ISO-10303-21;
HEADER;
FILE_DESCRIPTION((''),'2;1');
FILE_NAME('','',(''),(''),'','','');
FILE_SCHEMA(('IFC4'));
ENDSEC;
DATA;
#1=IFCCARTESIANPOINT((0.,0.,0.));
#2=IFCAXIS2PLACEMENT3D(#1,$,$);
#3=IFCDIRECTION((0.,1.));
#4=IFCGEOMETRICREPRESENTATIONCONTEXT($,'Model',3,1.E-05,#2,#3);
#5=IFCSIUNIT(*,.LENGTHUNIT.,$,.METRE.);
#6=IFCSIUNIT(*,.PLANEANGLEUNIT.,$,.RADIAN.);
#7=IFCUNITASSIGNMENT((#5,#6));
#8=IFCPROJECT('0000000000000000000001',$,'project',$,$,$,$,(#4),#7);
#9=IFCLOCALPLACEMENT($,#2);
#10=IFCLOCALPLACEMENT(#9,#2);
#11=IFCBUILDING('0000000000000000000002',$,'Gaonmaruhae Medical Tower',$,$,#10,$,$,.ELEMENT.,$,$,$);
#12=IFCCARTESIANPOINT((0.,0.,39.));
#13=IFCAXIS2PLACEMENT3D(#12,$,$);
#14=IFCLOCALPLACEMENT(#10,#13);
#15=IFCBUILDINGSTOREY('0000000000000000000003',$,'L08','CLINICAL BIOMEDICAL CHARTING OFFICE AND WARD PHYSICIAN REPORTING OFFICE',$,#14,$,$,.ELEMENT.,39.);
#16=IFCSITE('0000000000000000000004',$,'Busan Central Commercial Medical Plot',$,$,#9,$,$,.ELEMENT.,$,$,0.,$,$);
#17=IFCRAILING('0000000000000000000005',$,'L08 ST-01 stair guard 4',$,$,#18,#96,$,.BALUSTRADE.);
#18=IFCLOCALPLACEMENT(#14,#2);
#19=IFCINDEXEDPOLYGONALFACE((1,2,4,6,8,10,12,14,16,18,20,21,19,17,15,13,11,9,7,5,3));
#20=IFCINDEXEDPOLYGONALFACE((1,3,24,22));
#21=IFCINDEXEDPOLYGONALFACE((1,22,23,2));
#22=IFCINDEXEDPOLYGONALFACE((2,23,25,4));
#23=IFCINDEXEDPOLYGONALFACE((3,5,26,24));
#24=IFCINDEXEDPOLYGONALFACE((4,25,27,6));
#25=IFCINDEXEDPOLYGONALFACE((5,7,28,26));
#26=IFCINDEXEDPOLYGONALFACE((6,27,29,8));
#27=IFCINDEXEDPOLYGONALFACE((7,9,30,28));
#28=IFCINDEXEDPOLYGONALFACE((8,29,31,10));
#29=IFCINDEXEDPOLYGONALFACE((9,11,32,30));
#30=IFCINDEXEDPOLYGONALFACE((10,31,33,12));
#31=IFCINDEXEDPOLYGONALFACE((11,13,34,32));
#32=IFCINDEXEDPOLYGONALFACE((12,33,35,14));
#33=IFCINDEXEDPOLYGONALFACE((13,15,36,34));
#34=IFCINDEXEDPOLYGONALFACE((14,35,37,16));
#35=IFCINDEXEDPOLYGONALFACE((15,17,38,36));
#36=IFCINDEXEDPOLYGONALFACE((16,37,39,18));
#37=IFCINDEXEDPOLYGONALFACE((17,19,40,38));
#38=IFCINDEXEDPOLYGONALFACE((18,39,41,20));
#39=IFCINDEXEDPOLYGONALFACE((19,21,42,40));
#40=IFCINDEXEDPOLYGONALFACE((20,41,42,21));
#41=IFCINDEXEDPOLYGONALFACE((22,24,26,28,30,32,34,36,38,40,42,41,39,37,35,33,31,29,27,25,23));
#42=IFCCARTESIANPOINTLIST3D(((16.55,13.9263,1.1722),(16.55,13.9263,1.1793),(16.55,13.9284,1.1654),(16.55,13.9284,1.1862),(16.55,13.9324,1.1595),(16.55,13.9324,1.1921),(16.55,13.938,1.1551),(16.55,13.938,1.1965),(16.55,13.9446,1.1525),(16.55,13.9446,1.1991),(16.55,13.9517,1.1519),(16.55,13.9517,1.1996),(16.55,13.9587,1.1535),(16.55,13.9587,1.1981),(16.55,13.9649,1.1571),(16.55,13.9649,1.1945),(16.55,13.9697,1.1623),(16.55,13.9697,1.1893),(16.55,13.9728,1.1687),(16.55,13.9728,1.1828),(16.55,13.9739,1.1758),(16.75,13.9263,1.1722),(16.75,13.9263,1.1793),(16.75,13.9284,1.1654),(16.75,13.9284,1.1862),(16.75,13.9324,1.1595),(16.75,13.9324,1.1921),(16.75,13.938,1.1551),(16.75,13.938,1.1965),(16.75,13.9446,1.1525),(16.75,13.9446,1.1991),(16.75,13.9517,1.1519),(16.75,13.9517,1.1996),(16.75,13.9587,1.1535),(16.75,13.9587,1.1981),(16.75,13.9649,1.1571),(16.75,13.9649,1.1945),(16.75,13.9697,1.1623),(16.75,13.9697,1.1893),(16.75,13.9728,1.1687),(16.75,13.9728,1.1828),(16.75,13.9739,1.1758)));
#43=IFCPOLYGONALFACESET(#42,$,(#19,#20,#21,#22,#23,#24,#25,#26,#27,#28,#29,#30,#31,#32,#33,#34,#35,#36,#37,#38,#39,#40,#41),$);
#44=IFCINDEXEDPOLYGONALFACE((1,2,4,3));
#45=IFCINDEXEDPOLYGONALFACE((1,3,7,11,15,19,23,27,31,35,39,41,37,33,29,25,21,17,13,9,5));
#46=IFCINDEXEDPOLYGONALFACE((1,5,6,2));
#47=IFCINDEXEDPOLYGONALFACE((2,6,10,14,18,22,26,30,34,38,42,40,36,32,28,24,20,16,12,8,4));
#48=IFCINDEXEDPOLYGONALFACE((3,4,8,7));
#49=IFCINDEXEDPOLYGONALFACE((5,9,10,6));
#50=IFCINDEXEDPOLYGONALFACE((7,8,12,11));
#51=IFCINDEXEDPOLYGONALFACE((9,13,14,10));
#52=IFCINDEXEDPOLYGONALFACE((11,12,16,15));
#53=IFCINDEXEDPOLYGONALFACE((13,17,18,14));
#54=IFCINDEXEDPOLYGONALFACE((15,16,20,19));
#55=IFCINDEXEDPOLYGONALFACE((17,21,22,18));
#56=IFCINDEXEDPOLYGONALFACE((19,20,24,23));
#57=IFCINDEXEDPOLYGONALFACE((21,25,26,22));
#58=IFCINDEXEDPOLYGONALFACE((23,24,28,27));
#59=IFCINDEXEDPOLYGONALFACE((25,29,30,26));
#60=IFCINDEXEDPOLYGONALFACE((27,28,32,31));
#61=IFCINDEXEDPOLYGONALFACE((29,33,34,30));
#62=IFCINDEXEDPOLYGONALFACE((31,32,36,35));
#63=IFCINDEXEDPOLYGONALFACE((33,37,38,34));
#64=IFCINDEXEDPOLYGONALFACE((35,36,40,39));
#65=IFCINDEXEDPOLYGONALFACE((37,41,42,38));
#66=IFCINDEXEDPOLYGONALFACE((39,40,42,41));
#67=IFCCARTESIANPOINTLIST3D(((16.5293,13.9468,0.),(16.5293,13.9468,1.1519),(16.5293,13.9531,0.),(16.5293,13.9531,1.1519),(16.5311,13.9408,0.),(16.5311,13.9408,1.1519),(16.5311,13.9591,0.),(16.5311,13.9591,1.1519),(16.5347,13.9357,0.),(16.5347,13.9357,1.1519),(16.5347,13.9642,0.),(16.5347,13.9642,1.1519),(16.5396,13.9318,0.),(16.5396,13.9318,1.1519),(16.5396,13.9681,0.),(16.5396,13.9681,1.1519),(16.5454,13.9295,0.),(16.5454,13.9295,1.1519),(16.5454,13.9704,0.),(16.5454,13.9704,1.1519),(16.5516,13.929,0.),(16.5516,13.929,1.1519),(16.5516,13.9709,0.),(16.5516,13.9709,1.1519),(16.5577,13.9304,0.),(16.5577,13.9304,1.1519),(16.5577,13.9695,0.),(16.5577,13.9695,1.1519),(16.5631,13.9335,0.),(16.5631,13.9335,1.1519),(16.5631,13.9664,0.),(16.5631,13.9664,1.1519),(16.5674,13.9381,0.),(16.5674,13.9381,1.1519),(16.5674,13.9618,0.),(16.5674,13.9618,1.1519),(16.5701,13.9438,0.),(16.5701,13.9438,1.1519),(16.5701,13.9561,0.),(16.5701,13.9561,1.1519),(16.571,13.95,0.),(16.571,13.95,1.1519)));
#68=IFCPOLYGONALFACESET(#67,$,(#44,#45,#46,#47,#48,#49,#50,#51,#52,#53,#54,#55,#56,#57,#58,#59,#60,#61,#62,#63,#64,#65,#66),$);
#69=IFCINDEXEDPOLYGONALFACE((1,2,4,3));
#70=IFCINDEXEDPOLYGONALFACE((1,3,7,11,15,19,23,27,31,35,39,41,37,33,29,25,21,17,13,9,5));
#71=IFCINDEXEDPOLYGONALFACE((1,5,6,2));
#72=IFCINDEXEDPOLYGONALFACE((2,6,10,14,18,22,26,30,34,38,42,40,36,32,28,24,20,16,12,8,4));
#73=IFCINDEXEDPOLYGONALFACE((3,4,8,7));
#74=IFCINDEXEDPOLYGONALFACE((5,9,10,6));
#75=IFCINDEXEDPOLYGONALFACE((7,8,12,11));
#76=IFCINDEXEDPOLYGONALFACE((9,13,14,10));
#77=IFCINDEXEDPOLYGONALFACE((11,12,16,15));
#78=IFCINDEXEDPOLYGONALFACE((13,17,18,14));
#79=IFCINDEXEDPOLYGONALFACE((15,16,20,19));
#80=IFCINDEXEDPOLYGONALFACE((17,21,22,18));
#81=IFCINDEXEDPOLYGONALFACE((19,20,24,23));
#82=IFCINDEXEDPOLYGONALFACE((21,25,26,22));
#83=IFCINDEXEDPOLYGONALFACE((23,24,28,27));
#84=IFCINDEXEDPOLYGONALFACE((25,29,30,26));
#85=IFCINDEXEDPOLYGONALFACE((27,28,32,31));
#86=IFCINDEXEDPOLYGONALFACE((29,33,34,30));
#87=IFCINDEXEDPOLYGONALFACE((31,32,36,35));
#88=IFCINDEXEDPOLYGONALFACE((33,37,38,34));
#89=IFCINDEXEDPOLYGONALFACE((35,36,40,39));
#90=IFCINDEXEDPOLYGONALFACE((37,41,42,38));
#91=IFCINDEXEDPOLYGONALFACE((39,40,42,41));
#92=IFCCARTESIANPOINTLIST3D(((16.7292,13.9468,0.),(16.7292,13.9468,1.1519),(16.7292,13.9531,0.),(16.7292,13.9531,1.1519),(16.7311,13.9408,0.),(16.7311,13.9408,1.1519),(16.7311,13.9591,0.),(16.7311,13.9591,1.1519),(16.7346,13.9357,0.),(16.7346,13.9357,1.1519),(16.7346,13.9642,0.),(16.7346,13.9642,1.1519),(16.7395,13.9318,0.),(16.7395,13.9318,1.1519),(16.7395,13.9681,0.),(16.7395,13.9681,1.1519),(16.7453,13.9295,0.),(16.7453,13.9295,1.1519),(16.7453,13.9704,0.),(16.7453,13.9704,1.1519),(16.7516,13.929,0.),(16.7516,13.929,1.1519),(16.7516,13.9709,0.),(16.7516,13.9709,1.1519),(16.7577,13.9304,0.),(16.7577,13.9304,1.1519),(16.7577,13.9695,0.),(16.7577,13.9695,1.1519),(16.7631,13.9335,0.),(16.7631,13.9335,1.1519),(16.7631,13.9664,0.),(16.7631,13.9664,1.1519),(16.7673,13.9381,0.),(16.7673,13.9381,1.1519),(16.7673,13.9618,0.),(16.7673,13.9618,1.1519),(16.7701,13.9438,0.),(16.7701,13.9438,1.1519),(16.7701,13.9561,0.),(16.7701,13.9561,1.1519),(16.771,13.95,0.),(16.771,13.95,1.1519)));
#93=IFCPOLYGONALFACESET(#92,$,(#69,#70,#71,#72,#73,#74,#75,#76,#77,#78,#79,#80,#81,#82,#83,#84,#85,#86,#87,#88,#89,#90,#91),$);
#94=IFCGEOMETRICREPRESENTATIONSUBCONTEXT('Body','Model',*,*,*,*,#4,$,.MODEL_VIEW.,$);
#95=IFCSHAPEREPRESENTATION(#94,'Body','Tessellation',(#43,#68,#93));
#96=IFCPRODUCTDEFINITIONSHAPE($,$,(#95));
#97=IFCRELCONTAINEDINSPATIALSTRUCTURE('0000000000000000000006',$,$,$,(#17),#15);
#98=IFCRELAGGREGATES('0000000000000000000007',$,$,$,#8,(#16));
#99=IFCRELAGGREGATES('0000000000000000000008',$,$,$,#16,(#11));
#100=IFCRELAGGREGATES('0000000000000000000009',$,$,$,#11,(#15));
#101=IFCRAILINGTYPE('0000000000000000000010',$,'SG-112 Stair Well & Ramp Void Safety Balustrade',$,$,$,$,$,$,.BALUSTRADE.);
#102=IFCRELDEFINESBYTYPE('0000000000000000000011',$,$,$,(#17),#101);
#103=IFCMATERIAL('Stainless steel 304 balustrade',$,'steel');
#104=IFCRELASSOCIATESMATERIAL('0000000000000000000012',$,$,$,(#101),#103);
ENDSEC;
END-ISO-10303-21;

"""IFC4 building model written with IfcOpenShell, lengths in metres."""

from ifc_helpers import new_model, si_unit, direction, frame, origin, origin_2d, place, context, subcontext, project, spatial, circle, extrude, material, type_object, element, save


model = new_model("IFC4")

# Units and contexts
model_context = context("Model", 3, precision=1e-05, world=origin(), true_north=direction((0.0, 1.0)))
body_context = subcontext(model_context, "Body", "Model", "MODEL_VIEW")
ifc_project = project(units=[si_unit("LENGTHUNIT", "METRE"), si_unit("PLANEANGLEUNIT", "RADIAN")], contexts=[model_context])

# Site, building, storey
site_placement = place(None, origin())
site = spatial("IfcSite", under=ifc_project, at=site_placement, Name="Busan Central Commercial Medical Plot", CompositionType="ELEMENT", RefElevation=0.0)
building_placement = place(site_placement, origin())
building = spatial("IfcBuilding", under=site, at=building_placement, Name="Gaonmaruhae Medical Tower", CompositionType="ELEMENT")
storey_placement = place(building_placement, frame((0.0, 0.0, 39.0)))
storey = spatial("IfcBuildingStorey", under=building, at=storey_placement, Name="L08", Description="CLINICAL BIOMEDICAL CHARTING OFFICE AND WARD PHYSICIAN REPORTING OFFICE", CompositionType="ELEMENT", Elevation=39.0)

# Railing
ifc_material_1 = material(Name="Stainless steel 304 balustrade", Category="steel")
railing_type_1 = type_object("IfcRailingType", Name="SG-112 Stair Well & Ramp Void Safety Balustrade", PredefinedType="BALUSTRADE", material=ifc_material_1)
railing_1_placement = place(storey_placement, frame((16.55, 13.95, 0.0)))
element("IfcRailing", 1, at=railing_1_placement, inside=storey, type_object=railing_type_1, Name="L08 ST-01 stair guard 4", PredefinedType="BALUSTRADE", context=body_context, shape_type="SweptSolid", body=[
    extrude(circle(Radius=0.0239, at=origin_2d()), frame((0.0, 0.0, 1.1758), z_axis=(1.0, 0.0, 0.0), x_axis=(0.0, 1.0, 0.0)), (0.0, 0.0, 1.0), 0.2),
    extrude(circle(Radius=0.021, at=origin_2d()), origin(), (0.0, 0.0, 1.0), 1.1519),
    extrude(circle(Radius=0.021, at=origin_2d()), frame((0.2, 0.0, 0.0)), (0.0, 0.0, 1.0), 1.1519),
])

save(model, "model.ifc")
